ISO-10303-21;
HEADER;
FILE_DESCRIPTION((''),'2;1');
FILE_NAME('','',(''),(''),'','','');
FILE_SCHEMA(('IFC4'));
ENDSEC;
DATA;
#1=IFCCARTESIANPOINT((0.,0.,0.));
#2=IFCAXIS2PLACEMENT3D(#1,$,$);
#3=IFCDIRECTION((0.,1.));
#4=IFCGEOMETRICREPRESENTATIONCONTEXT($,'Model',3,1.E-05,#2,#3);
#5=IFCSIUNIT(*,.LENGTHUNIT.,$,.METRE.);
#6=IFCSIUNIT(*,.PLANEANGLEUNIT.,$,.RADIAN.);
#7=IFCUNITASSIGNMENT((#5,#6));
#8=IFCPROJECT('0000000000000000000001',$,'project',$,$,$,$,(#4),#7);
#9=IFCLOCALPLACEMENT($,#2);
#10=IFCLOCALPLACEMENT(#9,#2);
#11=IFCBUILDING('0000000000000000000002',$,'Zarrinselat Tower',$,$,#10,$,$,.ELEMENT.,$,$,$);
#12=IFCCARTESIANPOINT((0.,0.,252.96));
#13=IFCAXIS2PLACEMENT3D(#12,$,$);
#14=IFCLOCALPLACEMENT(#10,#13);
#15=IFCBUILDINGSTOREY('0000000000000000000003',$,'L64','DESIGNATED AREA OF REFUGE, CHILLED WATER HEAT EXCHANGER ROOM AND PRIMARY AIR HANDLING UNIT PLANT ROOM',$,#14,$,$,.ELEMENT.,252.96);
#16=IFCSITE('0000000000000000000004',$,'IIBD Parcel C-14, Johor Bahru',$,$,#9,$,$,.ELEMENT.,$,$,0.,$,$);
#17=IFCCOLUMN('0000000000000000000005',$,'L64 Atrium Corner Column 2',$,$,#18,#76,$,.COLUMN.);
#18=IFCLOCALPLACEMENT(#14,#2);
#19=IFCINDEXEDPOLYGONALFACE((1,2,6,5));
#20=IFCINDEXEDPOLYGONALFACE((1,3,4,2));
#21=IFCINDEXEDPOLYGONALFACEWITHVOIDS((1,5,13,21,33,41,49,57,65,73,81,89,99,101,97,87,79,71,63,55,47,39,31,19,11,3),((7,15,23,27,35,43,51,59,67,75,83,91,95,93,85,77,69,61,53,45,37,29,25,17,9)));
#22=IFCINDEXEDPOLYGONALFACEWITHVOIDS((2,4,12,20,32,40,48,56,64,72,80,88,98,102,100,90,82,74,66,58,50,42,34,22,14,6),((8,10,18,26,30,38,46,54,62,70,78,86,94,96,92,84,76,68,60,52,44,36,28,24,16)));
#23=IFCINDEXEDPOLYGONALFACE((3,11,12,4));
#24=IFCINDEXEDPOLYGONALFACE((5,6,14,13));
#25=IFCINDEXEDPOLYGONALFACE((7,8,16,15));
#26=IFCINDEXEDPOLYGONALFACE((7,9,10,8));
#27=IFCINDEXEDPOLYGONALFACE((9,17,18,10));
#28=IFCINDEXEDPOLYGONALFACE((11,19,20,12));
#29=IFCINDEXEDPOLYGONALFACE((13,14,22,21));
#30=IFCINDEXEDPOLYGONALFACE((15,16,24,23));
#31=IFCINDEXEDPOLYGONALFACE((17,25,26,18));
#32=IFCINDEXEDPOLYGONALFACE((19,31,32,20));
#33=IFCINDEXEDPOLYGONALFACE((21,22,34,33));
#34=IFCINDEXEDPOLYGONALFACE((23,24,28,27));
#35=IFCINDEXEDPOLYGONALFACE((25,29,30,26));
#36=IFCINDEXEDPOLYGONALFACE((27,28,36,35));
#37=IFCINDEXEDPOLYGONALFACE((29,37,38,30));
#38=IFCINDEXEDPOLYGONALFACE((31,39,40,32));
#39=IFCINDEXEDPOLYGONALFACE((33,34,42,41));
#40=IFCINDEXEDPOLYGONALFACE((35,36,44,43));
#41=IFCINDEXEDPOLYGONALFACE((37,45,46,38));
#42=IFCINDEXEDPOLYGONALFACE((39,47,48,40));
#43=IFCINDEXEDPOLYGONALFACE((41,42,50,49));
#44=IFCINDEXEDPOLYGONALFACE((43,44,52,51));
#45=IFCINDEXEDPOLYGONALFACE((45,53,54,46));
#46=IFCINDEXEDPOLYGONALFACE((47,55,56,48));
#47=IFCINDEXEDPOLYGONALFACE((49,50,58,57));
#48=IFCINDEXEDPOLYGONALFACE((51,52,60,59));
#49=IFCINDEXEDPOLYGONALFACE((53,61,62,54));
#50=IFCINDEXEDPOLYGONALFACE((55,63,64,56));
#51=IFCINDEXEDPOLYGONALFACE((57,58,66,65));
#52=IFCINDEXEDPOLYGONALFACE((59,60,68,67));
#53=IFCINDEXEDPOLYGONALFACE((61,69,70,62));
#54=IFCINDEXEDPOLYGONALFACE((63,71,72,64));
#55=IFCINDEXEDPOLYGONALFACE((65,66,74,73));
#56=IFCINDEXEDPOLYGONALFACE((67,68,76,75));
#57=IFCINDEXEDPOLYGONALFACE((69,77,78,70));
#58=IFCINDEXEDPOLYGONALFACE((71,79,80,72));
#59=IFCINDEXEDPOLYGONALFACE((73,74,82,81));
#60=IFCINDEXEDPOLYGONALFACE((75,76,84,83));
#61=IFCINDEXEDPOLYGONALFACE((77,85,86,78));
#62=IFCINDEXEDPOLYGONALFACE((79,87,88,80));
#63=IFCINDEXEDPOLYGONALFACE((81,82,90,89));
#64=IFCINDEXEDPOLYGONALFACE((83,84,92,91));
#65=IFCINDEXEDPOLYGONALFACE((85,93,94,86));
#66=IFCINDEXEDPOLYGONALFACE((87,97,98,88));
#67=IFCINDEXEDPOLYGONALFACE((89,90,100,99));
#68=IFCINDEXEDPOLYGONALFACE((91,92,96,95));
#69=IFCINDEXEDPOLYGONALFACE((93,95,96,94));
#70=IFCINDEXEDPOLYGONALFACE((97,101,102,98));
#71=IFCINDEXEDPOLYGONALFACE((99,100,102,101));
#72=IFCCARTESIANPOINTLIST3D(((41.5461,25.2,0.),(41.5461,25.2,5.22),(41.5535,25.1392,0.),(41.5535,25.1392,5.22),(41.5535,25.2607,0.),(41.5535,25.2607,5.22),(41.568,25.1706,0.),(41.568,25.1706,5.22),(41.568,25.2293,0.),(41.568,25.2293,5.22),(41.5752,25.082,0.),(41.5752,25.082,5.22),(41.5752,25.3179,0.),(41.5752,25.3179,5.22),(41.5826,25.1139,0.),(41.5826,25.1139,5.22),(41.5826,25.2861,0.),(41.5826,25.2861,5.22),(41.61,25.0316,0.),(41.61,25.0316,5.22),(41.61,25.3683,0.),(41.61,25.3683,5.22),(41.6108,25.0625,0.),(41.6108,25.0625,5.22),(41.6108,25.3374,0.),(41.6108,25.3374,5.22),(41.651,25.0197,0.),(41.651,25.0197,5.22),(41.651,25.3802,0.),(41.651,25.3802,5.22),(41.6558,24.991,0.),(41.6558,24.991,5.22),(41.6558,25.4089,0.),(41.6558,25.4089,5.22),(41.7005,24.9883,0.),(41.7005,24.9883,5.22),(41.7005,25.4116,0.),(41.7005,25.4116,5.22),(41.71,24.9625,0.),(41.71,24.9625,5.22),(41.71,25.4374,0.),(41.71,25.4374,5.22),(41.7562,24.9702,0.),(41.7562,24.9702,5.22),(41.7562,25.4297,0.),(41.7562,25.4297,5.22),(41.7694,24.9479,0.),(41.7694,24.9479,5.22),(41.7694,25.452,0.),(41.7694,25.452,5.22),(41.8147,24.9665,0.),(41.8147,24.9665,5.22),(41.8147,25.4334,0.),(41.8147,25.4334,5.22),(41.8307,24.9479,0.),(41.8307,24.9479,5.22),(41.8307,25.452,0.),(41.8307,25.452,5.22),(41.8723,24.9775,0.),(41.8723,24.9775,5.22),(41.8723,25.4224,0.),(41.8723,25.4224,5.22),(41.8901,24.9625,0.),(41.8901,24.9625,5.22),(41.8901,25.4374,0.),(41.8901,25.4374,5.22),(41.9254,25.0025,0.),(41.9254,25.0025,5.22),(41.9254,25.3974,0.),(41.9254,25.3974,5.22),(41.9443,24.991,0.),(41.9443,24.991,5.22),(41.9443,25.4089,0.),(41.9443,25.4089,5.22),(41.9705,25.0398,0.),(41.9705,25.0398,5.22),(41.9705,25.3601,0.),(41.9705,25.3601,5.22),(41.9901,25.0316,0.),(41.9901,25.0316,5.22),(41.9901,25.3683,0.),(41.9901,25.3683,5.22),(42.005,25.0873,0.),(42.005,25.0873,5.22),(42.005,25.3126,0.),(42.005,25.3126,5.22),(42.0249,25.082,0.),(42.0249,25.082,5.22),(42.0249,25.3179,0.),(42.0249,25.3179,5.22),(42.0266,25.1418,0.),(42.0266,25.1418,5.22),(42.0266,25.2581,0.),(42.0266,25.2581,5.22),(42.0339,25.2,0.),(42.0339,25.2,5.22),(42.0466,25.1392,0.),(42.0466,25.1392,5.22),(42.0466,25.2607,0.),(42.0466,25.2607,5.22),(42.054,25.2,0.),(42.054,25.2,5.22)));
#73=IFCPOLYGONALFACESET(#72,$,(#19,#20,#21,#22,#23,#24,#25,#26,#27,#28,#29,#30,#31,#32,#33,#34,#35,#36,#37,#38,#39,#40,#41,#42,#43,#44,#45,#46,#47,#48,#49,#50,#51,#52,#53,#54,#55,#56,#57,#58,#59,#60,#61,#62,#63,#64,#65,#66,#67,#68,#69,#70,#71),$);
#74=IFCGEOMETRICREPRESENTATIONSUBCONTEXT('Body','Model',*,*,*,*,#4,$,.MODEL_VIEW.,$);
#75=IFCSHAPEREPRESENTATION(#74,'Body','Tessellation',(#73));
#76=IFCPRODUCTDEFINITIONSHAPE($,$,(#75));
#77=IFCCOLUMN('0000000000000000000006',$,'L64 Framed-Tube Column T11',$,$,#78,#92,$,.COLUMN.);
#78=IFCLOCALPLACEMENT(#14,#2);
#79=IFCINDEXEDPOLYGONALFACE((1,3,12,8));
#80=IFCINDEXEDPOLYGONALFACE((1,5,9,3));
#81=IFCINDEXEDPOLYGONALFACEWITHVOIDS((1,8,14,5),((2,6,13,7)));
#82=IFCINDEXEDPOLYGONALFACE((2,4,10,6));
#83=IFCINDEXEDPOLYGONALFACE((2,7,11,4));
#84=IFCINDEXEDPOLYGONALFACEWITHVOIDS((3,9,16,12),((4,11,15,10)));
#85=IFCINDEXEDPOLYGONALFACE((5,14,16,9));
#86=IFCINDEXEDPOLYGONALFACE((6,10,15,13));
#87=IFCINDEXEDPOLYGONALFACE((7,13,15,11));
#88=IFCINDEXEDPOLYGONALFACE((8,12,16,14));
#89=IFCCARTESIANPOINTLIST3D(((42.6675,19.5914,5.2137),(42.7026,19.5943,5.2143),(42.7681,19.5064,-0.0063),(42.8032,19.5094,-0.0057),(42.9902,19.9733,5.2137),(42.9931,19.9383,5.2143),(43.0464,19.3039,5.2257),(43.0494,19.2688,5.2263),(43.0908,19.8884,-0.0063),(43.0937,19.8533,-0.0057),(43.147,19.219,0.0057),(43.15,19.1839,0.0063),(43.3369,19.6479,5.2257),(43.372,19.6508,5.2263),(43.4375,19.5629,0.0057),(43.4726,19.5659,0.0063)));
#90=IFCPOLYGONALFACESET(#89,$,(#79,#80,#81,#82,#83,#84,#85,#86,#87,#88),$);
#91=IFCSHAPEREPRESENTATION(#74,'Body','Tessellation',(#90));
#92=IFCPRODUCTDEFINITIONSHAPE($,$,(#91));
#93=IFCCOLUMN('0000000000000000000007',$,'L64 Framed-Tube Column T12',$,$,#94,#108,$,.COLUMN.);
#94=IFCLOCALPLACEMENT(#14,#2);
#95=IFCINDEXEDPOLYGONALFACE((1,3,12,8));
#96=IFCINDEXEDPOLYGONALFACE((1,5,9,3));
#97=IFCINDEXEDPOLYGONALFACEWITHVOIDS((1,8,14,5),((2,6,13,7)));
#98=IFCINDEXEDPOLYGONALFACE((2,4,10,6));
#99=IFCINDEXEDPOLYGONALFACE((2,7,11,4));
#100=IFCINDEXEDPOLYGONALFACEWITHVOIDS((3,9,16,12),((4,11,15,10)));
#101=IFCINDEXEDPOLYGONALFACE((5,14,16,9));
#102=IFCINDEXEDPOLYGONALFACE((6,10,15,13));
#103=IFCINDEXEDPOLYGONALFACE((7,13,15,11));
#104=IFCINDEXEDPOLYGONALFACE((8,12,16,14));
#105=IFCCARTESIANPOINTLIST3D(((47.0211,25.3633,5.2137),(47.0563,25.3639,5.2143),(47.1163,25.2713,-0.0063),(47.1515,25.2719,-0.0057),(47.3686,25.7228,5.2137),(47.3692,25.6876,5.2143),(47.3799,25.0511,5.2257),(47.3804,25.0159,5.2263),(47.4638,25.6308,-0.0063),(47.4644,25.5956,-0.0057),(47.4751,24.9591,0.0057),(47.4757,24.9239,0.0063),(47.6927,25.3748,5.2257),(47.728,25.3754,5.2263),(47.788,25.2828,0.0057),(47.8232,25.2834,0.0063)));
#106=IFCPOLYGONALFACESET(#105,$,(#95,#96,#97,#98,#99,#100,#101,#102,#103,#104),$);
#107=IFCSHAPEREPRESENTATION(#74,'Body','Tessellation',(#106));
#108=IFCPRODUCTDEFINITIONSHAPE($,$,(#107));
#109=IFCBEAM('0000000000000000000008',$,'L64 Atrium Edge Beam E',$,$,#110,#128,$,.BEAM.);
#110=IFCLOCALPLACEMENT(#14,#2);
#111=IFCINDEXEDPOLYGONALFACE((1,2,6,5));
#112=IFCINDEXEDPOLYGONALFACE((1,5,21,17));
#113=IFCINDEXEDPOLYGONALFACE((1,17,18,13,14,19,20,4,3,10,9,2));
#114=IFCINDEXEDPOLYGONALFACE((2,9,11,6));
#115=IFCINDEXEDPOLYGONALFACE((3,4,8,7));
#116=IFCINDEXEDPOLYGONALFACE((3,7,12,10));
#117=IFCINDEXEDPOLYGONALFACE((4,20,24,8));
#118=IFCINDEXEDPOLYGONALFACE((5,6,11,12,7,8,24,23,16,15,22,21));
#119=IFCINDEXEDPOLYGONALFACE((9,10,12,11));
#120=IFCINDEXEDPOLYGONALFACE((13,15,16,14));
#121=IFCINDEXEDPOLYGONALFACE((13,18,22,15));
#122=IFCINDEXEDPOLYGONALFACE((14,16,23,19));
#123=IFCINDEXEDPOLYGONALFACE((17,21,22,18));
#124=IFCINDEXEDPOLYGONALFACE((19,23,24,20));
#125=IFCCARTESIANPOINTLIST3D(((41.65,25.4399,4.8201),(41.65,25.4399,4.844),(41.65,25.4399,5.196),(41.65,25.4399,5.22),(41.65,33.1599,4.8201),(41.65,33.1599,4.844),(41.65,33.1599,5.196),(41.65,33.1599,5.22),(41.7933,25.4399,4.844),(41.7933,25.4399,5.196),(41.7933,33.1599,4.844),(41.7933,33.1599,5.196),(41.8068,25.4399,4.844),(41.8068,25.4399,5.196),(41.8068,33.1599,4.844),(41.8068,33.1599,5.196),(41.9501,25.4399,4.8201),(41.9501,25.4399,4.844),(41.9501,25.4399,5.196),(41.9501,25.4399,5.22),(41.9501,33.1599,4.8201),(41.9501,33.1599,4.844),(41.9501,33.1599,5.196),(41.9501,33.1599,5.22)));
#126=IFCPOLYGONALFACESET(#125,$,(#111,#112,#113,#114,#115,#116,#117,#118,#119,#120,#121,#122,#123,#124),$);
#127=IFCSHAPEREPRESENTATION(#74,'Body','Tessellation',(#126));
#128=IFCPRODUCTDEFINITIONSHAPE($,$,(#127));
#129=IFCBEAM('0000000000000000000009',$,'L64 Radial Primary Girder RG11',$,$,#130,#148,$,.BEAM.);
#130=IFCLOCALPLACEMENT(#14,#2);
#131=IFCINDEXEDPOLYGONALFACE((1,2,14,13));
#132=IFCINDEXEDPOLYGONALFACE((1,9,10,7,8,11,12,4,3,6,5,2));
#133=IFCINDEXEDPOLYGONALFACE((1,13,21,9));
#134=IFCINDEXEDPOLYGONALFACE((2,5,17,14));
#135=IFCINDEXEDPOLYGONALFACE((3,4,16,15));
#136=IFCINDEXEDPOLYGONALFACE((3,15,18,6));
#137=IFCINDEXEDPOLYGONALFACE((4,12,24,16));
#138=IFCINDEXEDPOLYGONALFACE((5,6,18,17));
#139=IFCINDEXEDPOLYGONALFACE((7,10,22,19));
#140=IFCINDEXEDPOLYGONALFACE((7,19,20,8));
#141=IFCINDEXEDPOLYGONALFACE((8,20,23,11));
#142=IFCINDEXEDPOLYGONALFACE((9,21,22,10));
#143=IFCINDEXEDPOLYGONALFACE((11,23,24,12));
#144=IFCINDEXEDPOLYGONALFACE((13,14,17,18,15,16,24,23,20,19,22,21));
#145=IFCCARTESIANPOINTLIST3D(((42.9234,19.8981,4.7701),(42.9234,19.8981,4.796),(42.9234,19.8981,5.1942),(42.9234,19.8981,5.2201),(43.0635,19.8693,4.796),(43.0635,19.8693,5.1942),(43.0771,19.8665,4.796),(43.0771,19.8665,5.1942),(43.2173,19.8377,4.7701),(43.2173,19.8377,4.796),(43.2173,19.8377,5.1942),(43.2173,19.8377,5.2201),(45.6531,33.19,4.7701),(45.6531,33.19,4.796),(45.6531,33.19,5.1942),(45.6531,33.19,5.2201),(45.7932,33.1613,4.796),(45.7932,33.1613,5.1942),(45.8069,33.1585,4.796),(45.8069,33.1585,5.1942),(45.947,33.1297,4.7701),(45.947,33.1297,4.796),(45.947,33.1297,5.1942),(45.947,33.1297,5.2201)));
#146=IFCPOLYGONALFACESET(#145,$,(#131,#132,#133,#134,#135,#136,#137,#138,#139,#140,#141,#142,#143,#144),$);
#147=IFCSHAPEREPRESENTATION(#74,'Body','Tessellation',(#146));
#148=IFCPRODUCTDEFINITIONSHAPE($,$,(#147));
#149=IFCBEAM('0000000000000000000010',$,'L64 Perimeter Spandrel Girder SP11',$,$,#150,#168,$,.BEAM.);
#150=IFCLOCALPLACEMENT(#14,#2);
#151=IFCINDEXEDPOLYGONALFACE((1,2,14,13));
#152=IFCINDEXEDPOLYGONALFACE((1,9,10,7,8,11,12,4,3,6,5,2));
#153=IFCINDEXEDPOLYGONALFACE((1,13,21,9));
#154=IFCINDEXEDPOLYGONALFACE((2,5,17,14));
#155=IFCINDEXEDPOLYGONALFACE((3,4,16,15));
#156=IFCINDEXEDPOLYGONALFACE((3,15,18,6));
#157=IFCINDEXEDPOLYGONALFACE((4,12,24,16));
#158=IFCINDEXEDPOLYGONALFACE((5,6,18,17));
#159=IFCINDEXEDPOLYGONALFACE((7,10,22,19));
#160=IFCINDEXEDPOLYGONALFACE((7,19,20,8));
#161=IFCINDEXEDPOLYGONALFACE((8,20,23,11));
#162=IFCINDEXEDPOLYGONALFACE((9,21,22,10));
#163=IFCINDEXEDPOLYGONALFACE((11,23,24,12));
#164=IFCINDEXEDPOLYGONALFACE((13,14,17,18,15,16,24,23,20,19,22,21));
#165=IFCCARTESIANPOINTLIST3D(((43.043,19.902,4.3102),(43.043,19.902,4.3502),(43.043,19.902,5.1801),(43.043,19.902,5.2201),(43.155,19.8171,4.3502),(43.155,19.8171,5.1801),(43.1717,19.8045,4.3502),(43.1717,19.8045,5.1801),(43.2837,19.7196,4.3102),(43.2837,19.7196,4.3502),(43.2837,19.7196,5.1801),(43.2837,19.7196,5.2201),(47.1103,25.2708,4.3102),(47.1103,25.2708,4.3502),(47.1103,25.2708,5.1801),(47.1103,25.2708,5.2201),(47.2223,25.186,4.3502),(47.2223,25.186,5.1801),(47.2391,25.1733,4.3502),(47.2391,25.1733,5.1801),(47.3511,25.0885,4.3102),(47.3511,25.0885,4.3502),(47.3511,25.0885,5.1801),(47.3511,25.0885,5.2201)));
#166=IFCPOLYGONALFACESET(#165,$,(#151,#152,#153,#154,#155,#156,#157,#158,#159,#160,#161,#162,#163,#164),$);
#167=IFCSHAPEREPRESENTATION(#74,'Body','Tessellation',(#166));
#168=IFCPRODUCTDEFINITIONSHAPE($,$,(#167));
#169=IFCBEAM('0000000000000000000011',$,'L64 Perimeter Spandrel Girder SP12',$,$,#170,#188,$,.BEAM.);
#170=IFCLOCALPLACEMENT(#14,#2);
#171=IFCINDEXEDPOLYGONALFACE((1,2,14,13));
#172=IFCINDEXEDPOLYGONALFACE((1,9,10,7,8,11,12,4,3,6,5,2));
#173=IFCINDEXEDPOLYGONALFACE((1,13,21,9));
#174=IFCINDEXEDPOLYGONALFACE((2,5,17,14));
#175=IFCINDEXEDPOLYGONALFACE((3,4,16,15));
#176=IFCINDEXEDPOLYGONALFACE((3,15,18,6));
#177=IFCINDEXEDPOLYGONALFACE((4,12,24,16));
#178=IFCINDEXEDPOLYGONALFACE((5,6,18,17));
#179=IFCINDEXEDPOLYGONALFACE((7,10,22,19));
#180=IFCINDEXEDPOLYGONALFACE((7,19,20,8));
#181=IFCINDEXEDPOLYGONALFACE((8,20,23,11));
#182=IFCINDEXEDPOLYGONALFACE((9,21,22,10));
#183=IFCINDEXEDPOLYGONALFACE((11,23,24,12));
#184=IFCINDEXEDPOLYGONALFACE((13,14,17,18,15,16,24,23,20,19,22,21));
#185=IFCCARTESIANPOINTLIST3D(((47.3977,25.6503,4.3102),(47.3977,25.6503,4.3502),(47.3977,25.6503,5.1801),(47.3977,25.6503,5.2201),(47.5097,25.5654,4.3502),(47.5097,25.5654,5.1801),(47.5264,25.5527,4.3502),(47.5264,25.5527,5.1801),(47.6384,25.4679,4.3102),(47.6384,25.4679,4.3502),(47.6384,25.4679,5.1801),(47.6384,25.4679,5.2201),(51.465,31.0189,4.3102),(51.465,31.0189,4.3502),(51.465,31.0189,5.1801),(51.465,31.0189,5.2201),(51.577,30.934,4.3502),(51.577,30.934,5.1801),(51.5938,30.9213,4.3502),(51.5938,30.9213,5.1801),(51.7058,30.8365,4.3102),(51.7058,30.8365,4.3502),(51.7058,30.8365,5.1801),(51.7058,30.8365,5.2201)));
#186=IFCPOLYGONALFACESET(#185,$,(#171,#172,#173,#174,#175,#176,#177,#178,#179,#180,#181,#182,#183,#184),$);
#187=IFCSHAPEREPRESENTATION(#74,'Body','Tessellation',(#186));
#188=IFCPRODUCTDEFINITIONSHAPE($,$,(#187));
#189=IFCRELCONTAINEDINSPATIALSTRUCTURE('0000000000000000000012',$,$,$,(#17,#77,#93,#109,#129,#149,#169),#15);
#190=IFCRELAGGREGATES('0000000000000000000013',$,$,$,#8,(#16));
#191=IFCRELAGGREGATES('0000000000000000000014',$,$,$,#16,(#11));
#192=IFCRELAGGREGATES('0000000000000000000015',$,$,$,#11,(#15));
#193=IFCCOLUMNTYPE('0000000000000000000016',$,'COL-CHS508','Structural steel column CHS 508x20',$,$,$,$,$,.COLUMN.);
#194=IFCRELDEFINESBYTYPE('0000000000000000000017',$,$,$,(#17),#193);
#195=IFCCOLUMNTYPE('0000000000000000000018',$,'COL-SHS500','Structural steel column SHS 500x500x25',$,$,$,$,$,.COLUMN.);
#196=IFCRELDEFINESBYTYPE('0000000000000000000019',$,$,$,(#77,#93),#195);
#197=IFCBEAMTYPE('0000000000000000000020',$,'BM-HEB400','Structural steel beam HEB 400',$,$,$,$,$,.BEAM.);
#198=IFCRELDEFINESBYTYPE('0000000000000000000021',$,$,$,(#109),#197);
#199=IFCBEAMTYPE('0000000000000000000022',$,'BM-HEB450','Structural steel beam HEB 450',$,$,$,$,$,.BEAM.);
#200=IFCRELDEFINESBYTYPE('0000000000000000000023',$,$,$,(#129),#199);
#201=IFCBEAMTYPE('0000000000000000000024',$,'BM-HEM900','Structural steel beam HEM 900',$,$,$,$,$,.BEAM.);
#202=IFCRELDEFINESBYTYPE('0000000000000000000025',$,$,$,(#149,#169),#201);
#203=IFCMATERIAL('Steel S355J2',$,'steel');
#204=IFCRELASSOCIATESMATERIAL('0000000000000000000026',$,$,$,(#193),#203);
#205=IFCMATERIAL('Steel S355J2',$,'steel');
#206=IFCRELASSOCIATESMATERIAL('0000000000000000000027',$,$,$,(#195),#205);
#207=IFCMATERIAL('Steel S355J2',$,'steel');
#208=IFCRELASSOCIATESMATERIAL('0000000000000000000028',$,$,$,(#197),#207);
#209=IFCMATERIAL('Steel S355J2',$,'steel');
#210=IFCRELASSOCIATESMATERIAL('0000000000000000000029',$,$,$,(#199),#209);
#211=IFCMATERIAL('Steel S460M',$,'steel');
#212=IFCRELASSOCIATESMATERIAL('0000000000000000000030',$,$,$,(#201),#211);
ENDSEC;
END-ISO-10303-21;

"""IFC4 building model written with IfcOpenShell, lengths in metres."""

from ifc_helpers import new_model, si_unit, direction, frame, origin, origin_2d, place, context, subcontext, project, spatial, hollow_rectangle, hollow_circle, i_section, extrude, material, material_profile, profile_set, type_object, element, save


model = new_model("IFC4")

# Units and contexts
model_context = context("Model", 3, precision=1e-05, world=origin(), true_north=direction((0.0, 1.0)))
body_context = subcontext(model_context, "Body", "Model", "MODEL_VIEW")
ifc_project = project(units=[si_unit("LENGTHUNIT", "METRE"), si_unit("PLANEANGLEUNIT", "RADIAN")], contexts=[model_context])

# Site, building, storey
site_placement = place(None, origin())
site = spatial("IfcSite", under=ifc_project, at=site_placement, Name="IIBD Parcel C-14, Johor Bahru", CompositionType="ELEMENT", RefElevation=0.0)
building_placement = place(site_placement, origin())
building = spatial("IfcBuilding", under=site, at=building_placement, Name="Zarrinselat Tower", CompositionType="ELEMENT")
storey_placement = place(building_placement, frame((0.0, 0.0, 252.96)))
storey = spatial("IfcBuildingStorey", under=building, at=storey_placement, Name="L64", Description="DESIGNATED AREA OF REFUGE, CHILLED WATER HEAT EXCHANGER ROOM AND PRIMARY AIR HANDLING UNIT PLANT ROOM", CompositionType="ELEMENT", Elevation=252.96)

# Columns
ifc_material_1 = material(Name="Steel S355J2", Category="steel")
ifc_material_profile_1 = material_profile(ifc_material_1, hollow_circle(Radius=0.2539, WallThickness=0.02, at=origin_2d()), Name="CHS 508x20")
ifc_profile_set_1 = profile_set([ifc_material_profile_1], Name="Steel S355J2")
column_type_1 = type_object("IfcColumnType", Name="COL-CHS508", Description="Structural steel column CHS 508x20", PredefinedType="COLUMN", material=ifc_profile_set_1)
column_placement = place(storey_placement, frame((41.8, 25.2, 0.0), z_axis=(0.0, 0.0, 1.0), x_axis=(1.0, 0.0, 0.0)))
element("IfcColumn", 1, at=column_placement, inside=storey, type_object=column_type_1, Name="L64 Atrium Corner Column 2", PredefinedType="COLUMN", context=body_context, shape_type="SweptSolid", body=[
    extrude(hollow_circle(Radius=0.2539, WallThickness=0.02, at=origin_2d()), origin(), (0.0, 0.0, 1.0), 5.22),
])
ifc_material_2 = material(Name="Steel S355J2", Category="steel")
ifc_material_profile_2 = material_profile(ifc_material_2, hollow_rectangle(XDim=0.5, YDim=0.5, WallThickness=0.0249, at=origin_2d()), Name="SHS 500x500x25")
ifc_profile_set_2 = profile_set([ifc_material_profile_2], Name="Steel S355J2")
column_type_2 = type_object("IfcColumnType", Name="COL-SHS500", Description="Structural steel column SHS 500x500x25", PredefinedType="COLUMN", material=ifc_profile_set_2)
for number, where, z_axis, x_axis, name in (
    (2, (43.1204, 19.5361, 0.0), (-0.019263, 0.016271, 0.999682), (-0.645277, -0.763949, 0.0), "L64 Framed-Tube Column T11"),
    (3, (47.4697, 25.2773, 0.0), (-0.018235, 0.017627, 0.999678), (-0.695022, -0.718988, 0.0), "L64 Framed-Tube Column T12"),
):
    element("IfcColumn", number, at=place(storey_placement, frame(where, z_axis=z_axis, x_axis=x_axis)), inside=storey, type_object=column_type_2, Name=name, PredefinedType="COLUMN", context=body_context, shape_type="SweptSolid", body=[
        extrude(hollow_rectangle(XDim=0.5, YDim=0.5, WallThickness=0.0249, at=origin_2d()), origin(), (0.0, 0.0, 1.0), 5.2217),
    ])

# Beams
ifc_material_3 = material(Name="Steel S355J2", Category="steel")
ifc_material_profile_3 = material_profile(ifc_material_3, i_section(OverallWidth=0.3, OverallDepth=0.3999, WebThickness=0.0134, FlangeThickness=0.0239, at=origin_2d()), Name="HEB 400")
ifc_profile_set_3 = profile_set([ifc_material_profile_3], Name="Steel S355J2")
beam_type_1 = type_object("IfcBeamType", Name="BM-HEB400", Description="Structural steel beam HEB 400", PredefinedType="BEAM", material=ifc_profile_set_3)
beam_1_placement = place(storey_placement, frame((41.8, 25.4399, 5.02), z_axis=(0.0, 1.0, 0.0), x_axis=(-1.0, 0.0, 0.0)))
element("IfcBeam", 4, at=beam_1_placement, inside=storey, type_object=beam_type_1, Name="L64 Atrium Edge Beam E", PredefinedType="BEAM", context=body_context, shape_type="SweptSolid", body=[
    extrude(i_section(OverallWidth=0.3, OverallDepth=0.3999, WebThickness=0.0134, FlangeThickness=0.0239, at=origin_2d()), origin(), (0.0, 0.0, 1.0), 7.72),
])
ifc_material_4 = material(Name="Steel S355J2", Category="steel")
ifc_material_profile_4 = material_profile(ifc_material_4, i_section(OverallWidth=0.3, OverallDepth=0.45, WebThickness=0.0139, FlangeThickness=0.0259, at=origin_2d()), Name="HEB 450")
ifc_profile_set_4 = profile_set([ifc_material_profile_4], Name="Steel S355J2")
beam_type_2 = type_object("IfcBeamType", Name="BM-HEB450", Description="Structural steel beam HEB 450", PredefinedType="BEAM", material=ifc_profile_set_4)
beam_2_placement = place(storey_placement, frame((43.0703, 19.8679, 4.9951), z_axis=(0.201169, 0.979557, 0.0), x_axis=(-0.979557, 0.201169, 0.0)))
element("IfcBeam", 5, at=beam_2_placement, inside=storey, type_object=beam_type_2, Name="L64 Radial Primary Girder RG11", PredefinedType="BEAM", context=body_context, shape_type="SweptSolid", body=[
    extrude(i_section(OverallWidth=0.3, OverallDepth=0.45, WebThickness=0.0139, FlangeThickness=0.0259, at=origin_2d()), origin(), (0.0, 0.0, 1.0), 13.5693),
])
ifc_material_5 = material(Name="Steel S460M", Category="steel")
ifc_material_profile_5 = material_profile(ifc_material_5, i_section(OverallWidth=0.302, OverallDepth=0.9099, WebThickness=0.021, FlangeThickness=0.04, at=origin_2d()), Name="HEM 900")
ifc_profile_set_5 = profile_set([ifc_material_profile_5], Name="Steel S460M")
beam_type_3 = type_object("IfcBeamType", Name="BM-HEM900", Description="Structural steel beam HEM 900", PredefinedType="BEAM", material=ifc_profile_set_5)
beam_3_placement = place(storey_placement, frame((43.1633, 19.8108, 4.7651), z_axis=(0.603861, 0.79709, 0.0), x_axis=(-0.79709, 0.603861, 0.0)))
element("IfcBeam", 6, at=beam_3_placement, inside=storey, type_object=beam_type_3, Name="L64 Perimeter Spandrel Girder SP11", PredefinedType="BEAM", context=body_context, shape_type="SweptSolid", body=[
    extrude(i_section(OverallWidth=0.302, OverallDepth=0.9099, WebThickness=0.021, FlangeThickness=0.04, at=origin_2d()), origin(), (0.0, 0.0, 1.0), 6.7356),
])
beam_4_placement = place(storey_placement, frame((47.5181, 25.5591, 4.7651), z_axis=(0.603879, 0.797076, 0.0), x_axis=(-0.797076, 0.603879, 0.0)))
element("IfcBeam", 7, at=beam_4_placement, inside=storey, type_object=beam_type_3, Name="L64 Perimeter Spandrel Girder SP12", PredefinedType="BEAM", context=body_context, shape_type="SweptSolid", body=[
    extrude(i_section(OverallWidth=0.302, OverallDepth=0.9099, WebThickness=0.021, FlangeThickness=0.04, at=origin_2d()), origin(), (0.0, 0.0, 1.0), 6.7354),
])

save(model, "model.ifc")
